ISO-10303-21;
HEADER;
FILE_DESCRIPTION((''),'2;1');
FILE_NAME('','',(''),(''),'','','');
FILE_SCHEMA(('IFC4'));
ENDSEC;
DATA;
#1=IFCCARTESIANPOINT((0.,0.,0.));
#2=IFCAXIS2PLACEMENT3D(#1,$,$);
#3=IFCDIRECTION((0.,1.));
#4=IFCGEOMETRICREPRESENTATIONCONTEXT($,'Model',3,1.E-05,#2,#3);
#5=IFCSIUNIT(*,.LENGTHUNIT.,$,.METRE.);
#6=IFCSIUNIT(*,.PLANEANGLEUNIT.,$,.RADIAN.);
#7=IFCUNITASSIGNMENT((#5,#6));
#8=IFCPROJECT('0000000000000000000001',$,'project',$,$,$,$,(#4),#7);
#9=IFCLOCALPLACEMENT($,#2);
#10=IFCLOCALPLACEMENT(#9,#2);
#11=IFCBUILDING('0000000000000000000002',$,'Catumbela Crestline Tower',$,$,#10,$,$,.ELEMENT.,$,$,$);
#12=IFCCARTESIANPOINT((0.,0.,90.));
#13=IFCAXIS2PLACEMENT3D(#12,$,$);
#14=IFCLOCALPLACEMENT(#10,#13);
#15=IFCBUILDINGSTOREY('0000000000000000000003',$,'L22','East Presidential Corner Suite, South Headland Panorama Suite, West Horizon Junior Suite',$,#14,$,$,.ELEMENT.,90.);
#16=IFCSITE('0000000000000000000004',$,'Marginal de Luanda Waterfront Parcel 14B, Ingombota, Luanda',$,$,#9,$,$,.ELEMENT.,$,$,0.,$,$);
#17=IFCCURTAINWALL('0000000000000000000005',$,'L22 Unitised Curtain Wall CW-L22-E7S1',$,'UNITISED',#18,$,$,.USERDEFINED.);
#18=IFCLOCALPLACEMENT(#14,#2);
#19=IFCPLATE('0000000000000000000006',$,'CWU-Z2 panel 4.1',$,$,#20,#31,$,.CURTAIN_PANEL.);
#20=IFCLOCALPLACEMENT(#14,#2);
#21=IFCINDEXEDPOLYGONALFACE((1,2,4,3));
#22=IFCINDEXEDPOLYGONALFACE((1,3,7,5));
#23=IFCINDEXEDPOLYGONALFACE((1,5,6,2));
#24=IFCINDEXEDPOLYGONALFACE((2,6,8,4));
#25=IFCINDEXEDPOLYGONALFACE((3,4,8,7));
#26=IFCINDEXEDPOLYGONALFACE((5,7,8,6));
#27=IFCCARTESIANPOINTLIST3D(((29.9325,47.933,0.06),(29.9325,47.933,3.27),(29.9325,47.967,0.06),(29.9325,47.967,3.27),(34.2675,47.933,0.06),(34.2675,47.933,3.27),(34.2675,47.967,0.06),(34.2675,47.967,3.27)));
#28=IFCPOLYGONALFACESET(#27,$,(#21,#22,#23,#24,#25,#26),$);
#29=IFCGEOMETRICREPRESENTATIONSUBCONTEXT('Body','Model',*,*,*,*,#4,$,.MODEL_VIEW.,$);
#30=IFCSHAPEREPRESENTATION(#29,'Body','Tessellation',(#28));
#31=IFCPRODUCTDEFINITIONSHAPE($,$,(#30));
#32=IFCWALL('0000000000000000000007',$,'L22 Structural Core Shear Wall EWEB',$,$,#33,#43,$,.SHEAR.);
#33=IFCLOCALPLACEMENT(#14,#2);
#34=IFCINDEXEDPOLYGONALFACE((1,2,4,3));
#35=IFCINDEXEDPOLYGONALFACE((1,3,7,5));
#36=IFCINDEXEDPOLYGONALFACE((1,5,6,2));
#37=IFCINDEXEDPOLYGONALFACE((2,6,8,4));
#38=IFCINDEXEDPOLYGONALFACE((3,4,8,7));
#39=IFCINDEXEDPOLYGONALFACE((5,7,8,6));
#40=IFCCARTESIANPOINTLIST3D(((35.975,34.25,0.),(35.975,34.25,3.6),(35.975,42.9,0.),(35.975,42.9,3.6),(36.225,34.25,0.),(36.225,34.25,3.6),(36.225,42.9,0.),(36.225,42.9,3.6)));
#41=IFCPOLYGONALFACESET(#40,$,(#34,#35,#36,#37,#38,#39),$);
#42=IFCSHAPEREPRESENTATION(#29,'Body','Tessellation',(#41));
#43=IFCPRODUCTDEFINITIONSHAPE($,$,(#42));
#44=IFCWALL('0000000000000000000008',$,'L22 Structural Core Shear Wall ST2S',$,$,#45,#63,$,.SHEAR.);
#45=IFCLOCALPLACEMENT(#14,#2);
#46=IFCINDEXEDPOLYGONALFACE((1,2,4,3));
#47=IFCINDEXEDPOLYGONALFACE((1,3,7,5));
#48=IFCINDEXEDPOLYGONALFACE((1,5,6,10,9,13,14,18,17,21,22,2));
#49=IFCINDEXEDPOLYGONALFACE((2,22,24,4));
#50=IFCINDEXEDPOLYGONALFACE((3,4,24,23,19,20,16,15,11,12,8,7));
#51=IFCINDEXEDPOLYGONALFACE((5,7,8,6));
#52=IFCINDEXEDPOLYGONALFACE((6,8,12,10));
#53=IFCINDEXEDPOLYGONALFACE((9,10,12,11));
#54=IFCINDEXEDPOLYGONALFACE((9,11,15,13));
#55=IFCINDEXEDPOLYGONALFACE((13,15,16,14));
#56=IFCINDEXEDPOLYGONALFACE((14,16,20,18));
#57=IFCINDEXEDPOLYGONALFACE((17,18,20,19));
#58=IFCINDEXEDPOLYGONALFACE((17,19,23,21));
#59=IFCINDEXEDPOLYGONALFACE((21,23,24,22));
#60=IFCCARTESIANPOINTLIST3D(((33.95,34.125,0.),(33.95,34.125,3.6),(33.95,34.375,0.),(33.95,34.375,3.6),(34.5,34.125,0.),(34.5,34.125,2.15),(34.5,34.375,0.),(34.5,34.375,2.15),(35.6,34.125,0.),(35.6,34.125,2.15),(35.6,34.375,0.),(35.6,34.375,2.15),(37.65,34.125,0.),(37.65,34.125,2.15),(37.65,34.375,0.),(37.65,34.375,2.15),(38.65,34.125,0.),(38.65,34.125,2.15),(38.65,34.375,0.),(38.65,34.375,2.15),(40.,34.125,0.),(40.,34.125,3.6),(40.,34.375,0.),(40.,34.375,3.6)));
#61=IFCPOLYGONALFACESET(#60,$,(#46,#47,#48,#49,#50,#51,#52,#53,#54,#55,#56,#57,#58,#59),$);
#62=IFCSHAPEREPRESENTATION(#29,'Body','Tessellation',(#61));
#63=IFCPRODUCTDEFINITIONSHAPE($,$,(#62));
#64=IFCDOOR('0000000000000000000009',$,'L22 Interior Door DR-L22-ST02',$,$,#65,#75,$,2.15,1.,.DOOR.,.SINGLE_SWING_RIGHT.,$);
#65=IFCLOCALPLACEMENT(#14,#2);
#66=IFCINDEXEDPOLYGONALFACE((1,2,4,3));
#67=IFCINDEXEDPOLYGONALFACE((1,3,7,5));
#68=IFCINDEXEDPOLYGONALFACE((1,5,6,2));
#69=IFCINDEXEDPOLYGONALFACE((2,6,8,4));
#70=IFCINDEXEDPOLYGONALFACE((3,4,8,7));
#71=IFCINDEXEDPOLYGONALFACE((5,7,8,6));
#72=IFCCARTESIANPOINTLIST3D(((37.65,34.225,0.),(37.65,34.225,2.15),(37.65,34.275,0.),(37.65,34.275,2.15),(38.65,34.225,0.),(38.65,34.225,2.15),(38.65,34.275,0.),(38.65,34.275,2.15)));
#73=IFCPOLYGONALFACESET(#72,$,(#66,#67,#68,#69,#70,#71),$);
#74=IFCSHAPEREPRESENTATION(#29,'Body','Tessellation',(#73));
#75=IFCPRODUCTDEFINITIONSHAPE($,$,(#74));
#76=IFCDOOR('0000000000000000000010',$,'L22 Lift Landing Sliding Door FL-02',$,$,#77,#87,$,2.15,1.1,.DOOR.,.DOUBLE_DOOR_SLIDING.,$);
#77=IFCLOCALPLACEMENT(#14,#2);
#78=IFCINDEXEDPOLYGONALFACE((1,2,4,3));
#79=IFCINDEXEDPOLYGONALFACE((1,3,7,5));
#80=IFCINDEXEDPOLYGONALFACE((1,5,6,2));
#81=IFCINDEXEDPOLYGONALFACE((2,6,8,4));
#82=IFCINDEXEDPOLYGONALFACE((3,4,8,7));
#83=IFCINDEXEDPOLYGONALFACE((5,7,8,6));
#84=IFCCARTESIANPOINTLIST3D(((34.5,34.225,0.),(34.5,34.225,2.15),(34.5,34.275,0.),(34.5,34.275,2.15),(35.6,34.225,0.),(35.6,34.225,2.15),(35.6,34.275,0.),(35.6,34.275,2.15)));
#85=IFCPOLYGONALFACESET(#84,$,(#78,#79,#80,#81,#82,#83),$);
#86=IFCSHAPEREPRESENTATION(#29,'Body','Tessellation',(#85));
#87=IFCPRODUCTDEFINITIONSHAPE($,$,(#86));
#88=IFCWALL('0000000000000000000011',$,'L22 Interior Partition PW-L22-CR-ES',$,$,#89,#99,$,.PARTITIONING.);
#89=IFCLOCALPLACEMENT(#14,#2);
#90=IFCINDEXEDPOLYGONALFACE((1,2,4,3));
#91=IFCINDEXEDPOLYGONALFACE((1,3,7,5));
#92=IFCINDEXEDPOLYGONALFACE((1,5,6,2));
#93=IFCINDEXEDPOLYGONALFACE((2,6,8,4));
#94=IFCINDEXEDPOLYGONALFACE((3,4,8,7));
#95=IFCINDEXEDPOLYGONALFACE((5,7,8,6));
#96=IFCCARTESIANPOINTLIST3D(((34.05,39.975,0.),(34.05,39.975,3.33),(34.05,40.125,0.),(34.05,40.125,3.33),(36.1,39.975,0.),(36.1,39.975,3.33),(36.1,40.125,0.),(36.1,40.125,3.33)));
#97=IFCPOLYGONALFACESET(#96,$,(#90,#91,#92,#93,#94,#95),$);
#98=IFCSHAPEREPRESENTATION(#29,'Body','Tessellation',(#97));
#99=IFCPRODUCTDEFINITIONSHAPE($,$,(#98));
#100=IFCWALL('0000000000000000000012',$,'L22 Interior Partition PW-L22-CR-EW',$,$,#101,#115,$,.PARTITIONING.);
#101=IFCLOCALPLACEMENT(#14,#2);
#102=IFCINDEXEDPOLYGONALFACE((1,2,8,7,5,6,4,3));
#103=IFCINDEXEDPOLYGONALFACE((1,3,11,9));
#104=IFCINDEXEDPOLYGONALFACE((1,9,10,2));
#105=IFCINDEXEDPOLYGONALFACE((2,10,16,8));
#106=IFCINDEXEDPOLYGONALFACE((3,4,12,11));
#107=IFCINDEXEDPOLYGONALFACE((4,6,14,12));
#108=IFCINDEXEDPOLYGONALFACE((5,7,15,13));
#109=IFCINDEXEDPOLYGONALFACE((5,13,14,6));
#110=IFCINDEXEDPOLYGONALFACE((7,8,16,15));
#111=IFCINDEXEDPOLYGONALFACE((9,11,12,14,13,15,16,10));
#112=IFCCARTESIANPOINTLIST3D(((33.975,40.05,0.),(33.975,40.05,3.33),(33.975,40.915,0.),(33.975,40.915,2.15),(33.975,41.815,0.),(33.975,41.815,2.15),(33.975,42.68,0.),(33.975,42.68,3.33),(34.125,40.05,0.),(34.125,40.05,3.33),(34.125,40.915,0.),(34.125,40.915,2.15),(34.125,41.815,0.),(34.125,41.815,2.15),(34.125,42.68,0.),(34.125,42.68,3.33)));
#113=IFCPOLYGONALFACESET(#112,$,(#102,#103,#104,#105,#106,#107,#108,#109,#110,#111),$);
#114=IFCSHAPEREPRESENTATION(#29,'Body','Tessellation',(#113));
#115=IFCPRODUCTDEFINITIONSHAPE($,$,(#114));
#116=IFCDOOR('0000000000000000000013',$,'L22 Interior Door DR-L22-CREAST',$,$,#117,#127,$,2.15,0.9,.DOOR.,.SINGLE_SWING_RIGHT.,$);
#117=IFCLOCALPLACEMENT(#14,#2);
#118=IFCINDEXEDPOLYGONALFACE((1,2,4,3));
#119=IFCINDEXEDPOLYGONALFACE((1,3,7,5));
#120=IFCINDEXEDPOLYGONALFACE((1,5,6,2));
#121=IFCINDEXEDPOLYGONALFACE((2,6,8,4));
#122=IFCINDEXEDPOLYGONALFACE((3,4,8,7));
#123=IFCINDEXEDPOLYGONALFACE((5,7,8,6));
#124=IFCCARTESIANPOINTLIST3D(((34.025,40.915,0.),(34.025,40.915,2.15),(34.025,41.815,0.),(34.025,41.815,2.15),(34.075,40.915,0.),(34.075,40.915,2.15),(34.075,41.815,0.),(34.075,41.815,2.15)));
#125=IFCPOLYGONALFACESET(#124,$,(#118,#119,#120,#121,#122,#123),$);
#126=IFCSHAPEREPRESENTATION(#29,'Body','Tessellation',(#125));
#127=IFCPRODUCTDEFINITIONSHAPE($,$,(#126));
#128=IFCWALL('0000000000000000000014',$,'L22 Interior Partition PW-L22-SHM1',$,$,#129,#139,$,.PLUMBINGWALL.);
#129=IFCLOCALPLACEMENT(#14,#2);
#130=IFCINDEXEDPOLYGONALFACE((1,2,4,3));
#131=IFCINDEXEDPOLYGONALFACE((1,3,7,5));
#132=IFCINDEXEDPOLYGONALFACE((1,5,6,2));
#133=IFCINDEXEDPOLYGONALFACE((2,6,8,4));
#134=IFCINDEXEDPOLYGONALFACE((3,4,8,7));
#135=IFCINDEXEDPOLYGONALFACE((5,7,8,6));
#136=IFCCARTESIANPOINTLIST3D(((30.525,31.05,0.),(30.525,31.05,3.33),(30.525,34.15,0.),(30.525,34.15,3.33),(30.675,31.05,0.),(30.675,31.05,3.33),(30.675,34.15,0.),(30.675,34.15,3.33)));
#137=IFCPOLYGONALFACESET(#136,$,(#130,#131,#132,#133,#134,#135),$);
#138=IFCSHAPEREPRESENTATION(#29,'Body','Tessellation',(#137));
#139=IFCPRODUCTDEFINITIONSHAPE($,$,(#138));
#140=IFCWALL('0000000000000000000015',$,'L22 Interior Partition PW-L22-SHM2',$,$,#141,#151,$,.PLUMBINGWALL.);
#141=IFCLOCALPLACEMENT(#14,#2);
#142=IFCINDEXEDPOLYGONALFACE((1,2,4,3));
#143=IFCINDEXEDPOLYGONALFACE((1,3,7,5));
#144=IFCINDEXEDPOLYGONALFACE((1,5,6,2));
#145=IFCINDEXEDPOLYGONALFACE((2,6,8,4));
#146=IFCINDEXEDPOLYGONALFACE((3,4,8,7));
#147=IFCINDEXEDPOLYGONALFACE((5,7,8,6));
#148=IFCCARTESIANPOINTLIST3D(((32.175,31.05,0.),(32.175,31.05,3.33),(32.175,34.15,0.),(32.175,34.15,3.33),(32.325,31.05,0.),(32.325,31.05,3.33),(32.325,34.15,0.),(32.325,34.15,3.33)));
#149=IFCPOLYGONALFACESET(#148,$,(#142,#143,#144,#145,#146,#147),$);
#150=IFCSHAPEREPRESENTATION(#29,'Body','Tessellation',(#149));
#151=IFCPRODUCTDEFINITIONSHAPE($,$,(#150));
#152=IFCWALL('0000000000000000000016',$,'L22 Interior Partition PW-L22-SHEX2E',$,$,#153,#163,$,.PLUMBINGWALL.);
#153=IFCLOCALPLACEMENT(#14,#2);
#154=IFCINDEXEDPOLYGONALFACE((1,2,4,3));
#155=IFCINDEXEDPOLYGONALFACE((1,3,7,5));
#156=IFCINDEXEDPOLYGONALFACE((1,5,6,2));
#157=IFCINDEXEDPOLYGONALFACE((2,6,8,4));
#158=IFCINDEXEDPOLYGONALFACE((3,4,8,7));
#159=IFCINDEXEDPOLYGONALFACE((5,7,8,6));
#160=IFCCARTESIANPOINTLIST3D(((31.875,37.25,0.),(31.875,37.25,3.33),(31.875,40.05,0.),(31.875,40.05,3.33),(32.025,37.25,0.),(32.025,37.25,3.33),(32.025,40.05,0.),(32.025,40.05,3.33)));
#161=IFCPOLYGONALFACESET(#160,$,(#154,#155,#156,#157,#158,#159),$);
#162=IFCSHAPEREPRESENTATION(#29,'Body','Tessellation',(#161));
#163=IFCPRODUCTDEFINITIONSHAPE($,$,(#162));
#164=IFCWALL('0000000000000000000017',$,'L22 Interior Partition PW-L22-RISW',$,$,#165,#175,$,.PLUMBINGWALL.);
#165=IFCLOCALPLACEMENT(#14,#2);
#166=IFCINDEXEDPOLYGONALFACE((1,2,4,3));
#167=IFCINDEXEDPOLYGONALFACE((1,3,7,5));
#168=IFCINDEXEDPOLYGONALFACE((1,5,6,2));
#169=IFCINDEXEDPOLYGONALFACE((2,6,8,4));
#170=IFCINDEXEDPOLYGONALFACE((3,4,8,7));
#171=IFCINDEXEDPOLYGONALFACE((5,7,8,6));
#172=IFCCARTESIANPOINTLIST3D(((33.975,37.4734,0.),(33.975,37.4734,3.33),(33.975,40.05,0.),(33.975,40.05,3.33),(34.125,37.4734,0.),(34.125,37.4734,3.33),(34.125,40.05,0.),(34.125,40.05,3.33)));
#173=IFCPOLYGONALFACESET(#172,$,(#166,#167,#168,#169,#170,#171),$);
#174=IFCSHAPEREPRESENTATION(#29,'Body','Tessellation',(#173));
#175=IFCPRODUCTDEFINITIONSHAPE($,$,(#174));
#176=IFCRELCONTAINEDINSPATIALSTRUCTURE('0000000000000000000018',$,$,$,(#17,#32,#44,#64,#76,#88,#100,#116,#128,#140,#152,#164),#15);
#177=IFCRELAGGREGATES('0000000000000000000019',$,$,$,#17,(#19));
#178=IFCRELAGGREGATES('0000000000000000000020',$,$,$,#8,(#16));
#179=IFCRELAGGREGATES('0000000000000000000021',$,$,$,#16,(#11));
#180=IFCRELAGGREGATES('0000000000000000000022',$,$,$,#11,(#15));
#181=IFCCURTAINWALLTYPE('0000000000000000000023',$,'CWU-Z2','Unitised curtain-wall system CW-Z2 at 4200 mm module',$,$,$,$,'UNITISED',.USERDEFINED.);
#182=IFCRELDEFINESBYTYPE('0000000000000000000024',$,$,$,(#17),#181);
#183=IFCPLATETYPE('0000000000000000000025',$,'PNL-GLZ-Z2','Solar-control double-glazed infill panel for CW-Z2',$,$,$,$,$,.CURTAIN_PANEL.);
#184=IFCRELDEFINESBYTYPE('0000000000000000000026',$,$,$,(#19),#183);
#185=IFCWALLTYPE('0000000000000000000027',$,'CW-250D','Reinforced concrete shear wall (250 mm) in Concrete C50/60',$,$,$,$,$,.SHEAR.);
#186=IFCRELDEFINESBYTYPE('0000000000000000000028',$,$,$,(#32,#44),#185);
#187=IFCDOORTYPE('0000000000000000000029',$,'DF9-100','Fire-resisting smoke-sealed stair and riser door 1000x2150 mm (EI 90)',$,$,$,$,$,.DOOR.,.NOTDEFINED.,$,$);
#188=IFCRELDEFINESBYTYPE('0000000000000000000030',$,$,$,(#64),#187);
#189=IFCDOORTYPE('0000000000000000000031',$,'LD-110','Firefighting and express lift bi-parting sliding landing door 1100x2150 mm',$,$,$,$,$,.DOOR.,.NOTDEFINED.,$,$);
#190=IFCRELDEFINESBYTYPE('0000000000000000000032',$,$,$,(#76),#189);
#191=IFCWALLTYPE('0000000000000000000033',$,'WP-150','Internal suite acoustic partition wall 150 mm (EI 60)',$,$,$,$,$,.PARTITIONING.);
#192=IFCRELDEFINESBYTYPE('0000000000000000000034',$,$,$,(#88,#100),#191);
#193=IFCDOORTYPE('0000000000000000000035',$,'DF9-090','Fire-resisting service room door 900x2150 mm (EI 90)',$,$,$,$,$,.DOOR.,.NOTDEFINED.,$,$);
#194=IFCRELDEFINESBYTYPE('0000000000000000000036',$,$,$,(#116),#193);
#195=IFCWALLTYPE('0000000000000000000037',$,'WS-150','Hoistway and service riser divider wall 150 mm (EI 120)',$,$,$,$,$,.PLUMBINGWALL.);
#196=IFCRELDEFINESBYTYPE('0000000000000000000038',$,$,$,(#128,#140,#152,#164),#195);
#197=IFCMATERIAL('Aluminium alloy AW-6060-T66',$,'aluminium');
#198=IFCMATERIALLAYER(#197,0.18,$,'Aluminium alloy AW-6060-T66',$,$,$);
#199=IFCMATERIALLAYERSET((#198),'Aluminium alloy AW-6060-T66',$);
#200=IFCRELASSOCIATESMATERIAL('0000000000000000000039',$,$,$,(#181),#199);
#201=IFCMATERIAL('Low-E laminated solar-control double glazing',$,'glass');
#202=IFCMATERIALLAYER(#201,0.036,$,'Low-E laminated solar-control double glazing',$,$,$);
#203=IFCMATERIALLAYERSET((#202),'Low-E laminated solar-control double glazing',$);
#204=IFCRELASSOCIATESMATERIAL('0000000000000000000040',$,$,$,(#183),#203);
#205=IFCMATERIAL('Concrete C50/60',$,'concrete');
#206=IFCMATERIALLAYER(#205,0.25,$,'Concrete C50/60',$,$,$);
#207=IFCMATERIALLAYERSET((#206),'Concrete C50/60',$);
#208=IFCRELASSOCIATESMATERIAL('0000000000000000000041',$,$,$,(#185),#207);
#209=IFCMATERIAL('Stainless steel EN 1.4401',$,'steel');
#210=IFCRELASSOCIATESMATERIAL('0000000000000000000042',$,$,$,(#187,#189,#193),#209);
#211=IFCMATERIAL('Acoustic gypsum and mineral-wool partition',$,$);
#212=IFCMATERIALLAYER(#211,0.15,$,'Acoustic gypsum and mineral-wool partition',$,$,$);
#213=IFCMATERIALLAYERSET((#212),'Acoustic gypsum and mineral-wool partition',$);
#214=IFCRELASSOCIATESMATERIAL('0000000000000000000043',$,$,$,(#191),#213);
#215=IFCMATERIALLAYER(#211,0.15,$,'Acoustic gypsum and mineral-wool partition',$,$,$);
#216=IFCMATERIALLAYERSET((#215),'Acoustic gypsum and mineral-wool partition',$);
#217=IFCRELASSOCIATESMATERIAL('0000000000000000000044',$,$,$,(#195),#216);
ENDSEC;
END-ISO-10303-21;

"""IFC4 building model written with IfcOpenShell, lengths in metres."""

from ifc_helpers import new_model, si_unit, direction, frame, frame_2d, origin, origin_2d, place, context, subcontext, project, spatial, rectangle, extrude, material, layer, layer_set, type_object, element, fill, aggregate, save


model = new_model("IFC4")

# Units and contexts
model_context = context("Model", 3, precision=1e-05, world=origin(), true_north=direction((0.0, 1.0)))
body_context = subcontext(model_context, "Body", "Model", "MODEL_VIEW")
ifc_project = project(units=[si_unit("LENGTHUNIT", "METRE"), si_unit("PLANEANGLEUNIT", "RADIAN")], contexts=[model_context])

# Site, building, storey
site_placement = place(None, origin())
site = spatial("IfcSite", under=ifc_project, at=site_placement, Name="Marginal de Luanda Waterfront Parcel 14B, Ingombota, Luanda", CompositionType="ELEMENT", RefElevation=0.0)
building_placement = place(site_placement, origin())
building = spatial("IfcBuilding", under=site, at=building_placement, Name="Catumbela Crestline Tower", CompositionType="ELEMENT")
storey_placement = place(building_placement, frame((0.0, 0.0, 90.0)))
storey = spatial("IfcBuildingStorey", under=building, at=storey_placement, Name="L22", Description="East Presidential Corner Suite, South Headland Panorama Suite, West Horizon Junior Suite", CompositionType="ELEMENT", Elevation=90.0)

# Shared definitions
ifc_material_1 = material(Name="Concrete C50/60", Category="concrete")

# Curtain wall
ifc_material_2 = material(Name="Aluminium alloy AW-6060-T66", Category="aluminium")
ifc_layer_1 = layer(ifc_material_2, 0.18, Name="Aluminium alloy AW-6060-T66")
ifc_layer_set_1 = layer_set([ifc_layer_1], Name="Aluminium alloy AW-6060-T66")
curtain_wall_type = type_object("IfcCurtainWallType", Name="CWU-Z2", Description="Unitised curtain-wall system CW-Z2 at 4200 mm module", ElementType="UNITISED", PredefinedType="USERDEFINED", material=ifc_layer_set_1)
curtain_wall_placement = place(storey_placement, origin())
curtain_wall = element("IfcCurtainWall", 1, at=curtain_wall_placement, inside=storey, type_object=curtain_wall_type, Name="L22 Unitised Curtain Wall CW-L22-E7S1", ObjectType="UNITISED", PredefinedType="USERDEFINED")

# Plate
ifc_material_3 = material(Name="Low-E laminated solar-control double glazing", Category="glass")
ifc_layer_2 = layer(ifc_material_3, 0.036, Name="Low-E laminated solar-control double glazing")
ifc_layer_set_2 = layer_set([ifc_layer_2], Name="Low-E laminated solar-control double glazing")
plate_type = type_object("IfcPlateType", Name="PNL-GLZ-Z2", Description="Solar-control double-glazed infill panel for CW-Z2", PredefinedType="CURTAIN_PANEL", material=ifc_layer_set_2)
plate_1_placement = place(storey_placement, frame((32.1, 47.95, 0.06), z_axis=(0.0, 0.0, 1.0), x_axis=(-1.0, 0.0, 0.0)))
plate_1 = element("IfcPlate", 2, at=plate_1_placement, type_object=plate_type, Name="CWU-Z2 panel 4.1", PredefinedType="CURTAIN_PANEL", context=body_context, shape_type="SweptSolid", body=[
    extrude(rectangle(XDim=4.335, YDim=0.034, at=origin_2d()), origin(), (0.0, 0.0, 1.0), 3.21),
])
aggregate(curtain_wall, [plate_1])

# Wall
ifc_layer_3 = layer(ifc_material_1, 0.25, Name="Concrete C50/60")
ifc_layer_set_3 = layer_set([ifc_layer_3], Name="Concrete C50/60")
wall_type_1 = type_object("IfcWallType", Name="CW-250D", Description="Reinforced concrete shear wall (250 mm) in Concrete C50/60", PredefinedType="SHEAR", material=ifc_layer_set_3)
wall_1_placement = place(storey_placement, frame((36.1, 34.25, 0.0), z_axis=(0.0, 0.0, 1.0), x_axis=(0.0, 1.0, 0.0)))
element("IfcWall", 3, at=wall_1_placement, inside=storey, type_object=wall_type_1, Name="L22 Structural Core Shear Wall EWEB", PredefinedType="SHEAR", context=body_context, shape_type="SweptSolid", body=[
    extrude(rectangle(XDim=8.65, YDim=0.25, at=frame_2d((4.325, 0.0))), origin(), (0.0, 0.0, 1.0), 3.6),
])

# Wall, openings, doors
wall_2_placement = place(storey_placement, frame((33.95, 34.25, 0.0), z_axis=(0.0, 0.0, 1.0), x_axis=(1.0, 0.0, 0.0)))
wall_2 = element("IfcWall", 4, at=wall_2_placement, inside=storey, type_object=wall_type_1, Name="L22 Structural Core Shear Wall ST2S", PredefinedType="SHEAR", context=body_context, shape_type="SweptSolid", body=[
    extrude(rectangle(XDim=6.05, YDim=0.25, at=frame_2d((3.025, 0.0))), origin(), (0.0, 0.0, 1.0), 3.6),
])
opening_1_placement = place(wall_2_placement, frame((3.7, 0.0, 0.0)))
opening_1 = element("IfcOpeningElement", 5, at=opening_1_placement, cuts=wall_2, PredefinedType="OPENING", context=body_context, shape_type="SweptSolid", body=[
    extrude(rectangle(XDim=1.0, YDim=2.15, at=frame_2d((0.5, 1.075))), frame((0.0, 0.135, 0.0), z_axis=(0.0, -1.0, 0.0), x_axis=(1.0, 0.0, 0.0)), (0.0, 0.0, 1.0), 0.27),
])
opening_2_placement = place(wall_2_placement, frame((0.55, 0.0, 0.0)))
opening_2 = element("IfcOpeningElement", 6, at=opening_2_placement, cuts=wall_2, PredefinedType="OPENING", context=body_context, shape_type="SweptSolid", body=[
    extrude(rectangle(XDim=1.1, YDim=2.15, at=frame_2d((0.55, 1.075))), frame((0.0, 0.135, 0.0), z_axis=(0.0, -1.0, 0.0), x_axis=(1.0, 0.0, 0.0)), (0.0, 0.0, 1.0), 0.27),
])
ifc_material_4 = material(Name="Stainless steel EN 1.4401", Category="steel")
door_type_1 = type_object("IfcDoorType", Name="DF9-100", Description="Fire-resisting smoke-sealed stair and riser door 1000x2150 mm (EI 90)", OperationType="NOTDEFINED", PredefinedType="DOOR", material=ifc_material_4)
door_1_placement = place(opening_1_placement, origin())
door_1 = element("IfcDoor", 7, at=door_1_placement, inside=storey, type_object=door_type_1, Name="L22 Interior Door DR-L22-ST02", OperationType="SINGLE_SWING_RIGHT", OverallHeight=2.15, OverallWidth=1.0, PredefinedType="DOOR", context=body_context, shape_type="SweptSolid", body=[
    extrude(rectangle(XDim=1.0, YDim=2.15, at=frame_2d((0.5, 1.075))), frame((0.0, 0.025, 0.0), z_axis=(0.0, -1.0, 0.0), x_axis=(1.0, 0.0, 0.0)), (0.0, 0.0, 1.0), 0.05),
])
fill(opening_1, door_1)
door_type_2 = type_object("IfcDoorType", Name="LD-110", Description="Firefighting and express lift bi-parting sliding landing door 1100x2150 mm", OperationType="NOTDEFINED", PredefinedType="DOOR", material=ifc_material_4)
door_2_placement = place(opening_2_placement, origin())
door_2 = element("IfcDoor", 8, at=door_2_placement, inside=storey, type_object=door_type_2, Name="L22 Lift Landing Sliding Door FL-02", OperationType="DOUBLE_DOOR_SLIDING", OverallHeight=2.15, OverallWidth=1.1, PredefinedType="DOOR", context=body_context, shape_type="SweptSolid", body=[
    extrude(rectangle(XDim=1.1, YDim=2.15, at=frame_2d((0.55, 1.075))), frame((0.0, 0.025, 0.0), z_axis=(0.0, -1.0, 0.0), x_axis=(1.0, 0.0, 0.0)), (0.0, 0.0, 1.0), 0.05),
])
fill(opening_2, door_2)

# Wall
ifc_material_5 = material(Name="Acoustic gypsum and mineral-wool partition")
ifc_layer_4 = layer(ifc_material_5, 0.15, Name="Acoustic gypsum and mineral-wool partition")
ifc_layer_set_4 = layer_set([ifc_layer_4], Name="Acoustic gypsum and mineral-wool partition")
wall_type_2 = type_object("IfcWallType", Name="WP-150", Description="Internal suite acoustic partition wall 150 mm (EI 60)", PredefinedType="PARTITIONING", material=ifc_layer_set_4)
wall_3_placement = place(storey_placement, frame((34.05, 40.05, 0.0), z_axis=(0.0, 0.0, 1.0), x_axis=(1.0, 0.0, 0.0)))
element("IfcWall", 9, at=wall_3_placement, inside=storey, type_object=wall_type_2, Name="L22 Interior Partition PW-L22-CR-ES", PredefinedType="PARTITIONING", context=body_context, shape_type="SweptSolid", body=[
    extrude(rectangle(XDim=2.05, YDim=0.15, at=frame_2d((1.025, 0.0))), origin(), (0.0, 0.0, 1.0), 3.33),
])

# Wall, opening, door
wall_4_placement = place(storey_placement, frame((34.05, 40.05, 0.0), z_axis=(0.0, 0.0, 1.0), x_axis=(0.0, 1.0, 0.0)))
wall_4 = element("IfcWall", 10, at=wall_4_placement, inside=storey, type_object=wall_type_2, Name="L22 Interior Partition PW-L22-CR-EW", PredefinedType="PARTITIONING", context=body_context, shape_type="SweptSolid", body=[
    extrude(rectangle(XDim=2.63, YDim=0.15, at=frame_2d((1.315, 0.0))), origin(), (0.0, 0.0, 1.0), 3.33),
])
opening_3_placement = place(wall_4_placement, frame((0.865, 0.0, 0.0)))
opening_3 = element("IfcOpeningElement", 11, at=opening_3_placement, cuts=wall_4, PredefinedType="OPENING", context=body_context, shape_type="SweptSolid", body=[
    extrude(rectangle(XDim=0.9, YDim=2.15, at=frame_2d((0.45, 1.075))), frame((0.0, 0.085, 0.0), z_axis=(0.0, -1.0, 0.0), x_axis=(1.0, 0.0, 0.0)), (0.0, 0.0, 1.0), 0.17),
])
door_type_3 = type_object("IfcDoorType", Name="DF9-090", Description="Fire-resisting service room door 900x2150 mm (EI 90)", OperationType="NOTDEFINED", PredefinedType="DOOR", material=ifc_material_4)
door_3_placement = place(opening_3_placement, origin())
door_3 = element("IfcDoor", 12, at=door_3_placement, inside=storey, type_object=door_type_3, Name="L22 Interior Door DR-L22-CREAST", OperationType="SINGLE_SWING_RIGHT", OverallHeight=2.15, OverallWidth=0.9, PredefinedType="DOOR", context=body_context, shape_type="SweptSolid", body=[
    extrude(rectangle(XDim=0.9, YDim=2.15, at=frame_2d((0.45, 1.075))), frame((0.0, 0.025, 0.0), z_axis=(0.0, -1.0, 0.0), x_axis=(1.0, 0.0, 0.0)), (0.0, 0.0, 1.0), 0.05),
])
fill(opening_3, door_3)

# Walls
ifc_layer_5 = layer(ifc_material_5, 0.15, Name="Acoustic gypsum and mineral-wool partition")
ifc_layer_set_5 = layer_set([ifc_layer_5], Name="Acoustic gypsum and mineral-wool partition")
wall_type_3 = type_object("IfcWallType", Name="WS-150", Description="Hoistway and service riser divider wall 150 mm (EI 120)", PredefinedType="PLUMBINGWALL", material=ifc_layer_set_5)
for number, where, z_axis, x_axis, name in (
    (13, (30.6, 31.05, 0.0), (0.0, 0.0, 1.0), (0.0, 1.0, 0.0), "L22 Interior Partition PW-L22-SHM1"),
    (14, (32.25, 31.05, 0.0), (0.0, 0.0, 1.0), (0.0, 1.0, 0.0), "L22 Interior Partition PW-L22-SHM2"),
):
    element("IfcWall", number, at=place(storey_placement, frame(where, z_axis=z_axis, x_axis=x_axis)), inside=storey, type_object=wall_type_3, Name=name, PredefinedType="PLUMBINGWALL", context=body_context, shape_type="SweptSolid", body=[
        extrude(rectangle(XDim=3.1, YDim=0.15, at=frame_2d((1.55, 0.0))), origin(), (0.0, 0.0, 1.0), 3.33),
    ])
wall_5_placement = place(storey_placement, frame((31.95, 37.25, 0.0), z_axis=(0.0, 0.0, 1.0), x_axis=(0.0, 1.0, 0.0)))
element("IfcWall", 15, at=wall_5_placement, inside=storey, type_object=wall_type_3, Name="L22 Interior Partition PW-L22-SHEX2E", PredefinedType="PLUMBINGWALL", context=body_context, shape_type="SweptSolid", body=[
    extrude(rectangle(XDim=2.8, YDim=0.15, at=frame_2d((1.4, 0.0))), origin(), (0.0, 0.0, 1.0), 3.33),
])
wall_6_placement = place(storey_placement, frame((34.05, 37.4734, 0.0), z_axis=(0.0, 0.0, 1.0), x_axis=(0.0, 1.0, 0.0)))
element("IfcWall", 16, at=wall_6_placement, inside=storey, type_object=wall_type_3, Name="L22 Interior Partition PW-L22-RISW", PredefinedType="PLUMBINGWALL", context=body_context, shape_type="SweptSolid", body=[
    extrude(rectangle(XDim=2.5766, YDim=0.15, at=frame_2d((1.2883, 0.0))), origin(), (0.0, 0.0, 1.0), 3.33),
])

save(model, "model.ifc")
